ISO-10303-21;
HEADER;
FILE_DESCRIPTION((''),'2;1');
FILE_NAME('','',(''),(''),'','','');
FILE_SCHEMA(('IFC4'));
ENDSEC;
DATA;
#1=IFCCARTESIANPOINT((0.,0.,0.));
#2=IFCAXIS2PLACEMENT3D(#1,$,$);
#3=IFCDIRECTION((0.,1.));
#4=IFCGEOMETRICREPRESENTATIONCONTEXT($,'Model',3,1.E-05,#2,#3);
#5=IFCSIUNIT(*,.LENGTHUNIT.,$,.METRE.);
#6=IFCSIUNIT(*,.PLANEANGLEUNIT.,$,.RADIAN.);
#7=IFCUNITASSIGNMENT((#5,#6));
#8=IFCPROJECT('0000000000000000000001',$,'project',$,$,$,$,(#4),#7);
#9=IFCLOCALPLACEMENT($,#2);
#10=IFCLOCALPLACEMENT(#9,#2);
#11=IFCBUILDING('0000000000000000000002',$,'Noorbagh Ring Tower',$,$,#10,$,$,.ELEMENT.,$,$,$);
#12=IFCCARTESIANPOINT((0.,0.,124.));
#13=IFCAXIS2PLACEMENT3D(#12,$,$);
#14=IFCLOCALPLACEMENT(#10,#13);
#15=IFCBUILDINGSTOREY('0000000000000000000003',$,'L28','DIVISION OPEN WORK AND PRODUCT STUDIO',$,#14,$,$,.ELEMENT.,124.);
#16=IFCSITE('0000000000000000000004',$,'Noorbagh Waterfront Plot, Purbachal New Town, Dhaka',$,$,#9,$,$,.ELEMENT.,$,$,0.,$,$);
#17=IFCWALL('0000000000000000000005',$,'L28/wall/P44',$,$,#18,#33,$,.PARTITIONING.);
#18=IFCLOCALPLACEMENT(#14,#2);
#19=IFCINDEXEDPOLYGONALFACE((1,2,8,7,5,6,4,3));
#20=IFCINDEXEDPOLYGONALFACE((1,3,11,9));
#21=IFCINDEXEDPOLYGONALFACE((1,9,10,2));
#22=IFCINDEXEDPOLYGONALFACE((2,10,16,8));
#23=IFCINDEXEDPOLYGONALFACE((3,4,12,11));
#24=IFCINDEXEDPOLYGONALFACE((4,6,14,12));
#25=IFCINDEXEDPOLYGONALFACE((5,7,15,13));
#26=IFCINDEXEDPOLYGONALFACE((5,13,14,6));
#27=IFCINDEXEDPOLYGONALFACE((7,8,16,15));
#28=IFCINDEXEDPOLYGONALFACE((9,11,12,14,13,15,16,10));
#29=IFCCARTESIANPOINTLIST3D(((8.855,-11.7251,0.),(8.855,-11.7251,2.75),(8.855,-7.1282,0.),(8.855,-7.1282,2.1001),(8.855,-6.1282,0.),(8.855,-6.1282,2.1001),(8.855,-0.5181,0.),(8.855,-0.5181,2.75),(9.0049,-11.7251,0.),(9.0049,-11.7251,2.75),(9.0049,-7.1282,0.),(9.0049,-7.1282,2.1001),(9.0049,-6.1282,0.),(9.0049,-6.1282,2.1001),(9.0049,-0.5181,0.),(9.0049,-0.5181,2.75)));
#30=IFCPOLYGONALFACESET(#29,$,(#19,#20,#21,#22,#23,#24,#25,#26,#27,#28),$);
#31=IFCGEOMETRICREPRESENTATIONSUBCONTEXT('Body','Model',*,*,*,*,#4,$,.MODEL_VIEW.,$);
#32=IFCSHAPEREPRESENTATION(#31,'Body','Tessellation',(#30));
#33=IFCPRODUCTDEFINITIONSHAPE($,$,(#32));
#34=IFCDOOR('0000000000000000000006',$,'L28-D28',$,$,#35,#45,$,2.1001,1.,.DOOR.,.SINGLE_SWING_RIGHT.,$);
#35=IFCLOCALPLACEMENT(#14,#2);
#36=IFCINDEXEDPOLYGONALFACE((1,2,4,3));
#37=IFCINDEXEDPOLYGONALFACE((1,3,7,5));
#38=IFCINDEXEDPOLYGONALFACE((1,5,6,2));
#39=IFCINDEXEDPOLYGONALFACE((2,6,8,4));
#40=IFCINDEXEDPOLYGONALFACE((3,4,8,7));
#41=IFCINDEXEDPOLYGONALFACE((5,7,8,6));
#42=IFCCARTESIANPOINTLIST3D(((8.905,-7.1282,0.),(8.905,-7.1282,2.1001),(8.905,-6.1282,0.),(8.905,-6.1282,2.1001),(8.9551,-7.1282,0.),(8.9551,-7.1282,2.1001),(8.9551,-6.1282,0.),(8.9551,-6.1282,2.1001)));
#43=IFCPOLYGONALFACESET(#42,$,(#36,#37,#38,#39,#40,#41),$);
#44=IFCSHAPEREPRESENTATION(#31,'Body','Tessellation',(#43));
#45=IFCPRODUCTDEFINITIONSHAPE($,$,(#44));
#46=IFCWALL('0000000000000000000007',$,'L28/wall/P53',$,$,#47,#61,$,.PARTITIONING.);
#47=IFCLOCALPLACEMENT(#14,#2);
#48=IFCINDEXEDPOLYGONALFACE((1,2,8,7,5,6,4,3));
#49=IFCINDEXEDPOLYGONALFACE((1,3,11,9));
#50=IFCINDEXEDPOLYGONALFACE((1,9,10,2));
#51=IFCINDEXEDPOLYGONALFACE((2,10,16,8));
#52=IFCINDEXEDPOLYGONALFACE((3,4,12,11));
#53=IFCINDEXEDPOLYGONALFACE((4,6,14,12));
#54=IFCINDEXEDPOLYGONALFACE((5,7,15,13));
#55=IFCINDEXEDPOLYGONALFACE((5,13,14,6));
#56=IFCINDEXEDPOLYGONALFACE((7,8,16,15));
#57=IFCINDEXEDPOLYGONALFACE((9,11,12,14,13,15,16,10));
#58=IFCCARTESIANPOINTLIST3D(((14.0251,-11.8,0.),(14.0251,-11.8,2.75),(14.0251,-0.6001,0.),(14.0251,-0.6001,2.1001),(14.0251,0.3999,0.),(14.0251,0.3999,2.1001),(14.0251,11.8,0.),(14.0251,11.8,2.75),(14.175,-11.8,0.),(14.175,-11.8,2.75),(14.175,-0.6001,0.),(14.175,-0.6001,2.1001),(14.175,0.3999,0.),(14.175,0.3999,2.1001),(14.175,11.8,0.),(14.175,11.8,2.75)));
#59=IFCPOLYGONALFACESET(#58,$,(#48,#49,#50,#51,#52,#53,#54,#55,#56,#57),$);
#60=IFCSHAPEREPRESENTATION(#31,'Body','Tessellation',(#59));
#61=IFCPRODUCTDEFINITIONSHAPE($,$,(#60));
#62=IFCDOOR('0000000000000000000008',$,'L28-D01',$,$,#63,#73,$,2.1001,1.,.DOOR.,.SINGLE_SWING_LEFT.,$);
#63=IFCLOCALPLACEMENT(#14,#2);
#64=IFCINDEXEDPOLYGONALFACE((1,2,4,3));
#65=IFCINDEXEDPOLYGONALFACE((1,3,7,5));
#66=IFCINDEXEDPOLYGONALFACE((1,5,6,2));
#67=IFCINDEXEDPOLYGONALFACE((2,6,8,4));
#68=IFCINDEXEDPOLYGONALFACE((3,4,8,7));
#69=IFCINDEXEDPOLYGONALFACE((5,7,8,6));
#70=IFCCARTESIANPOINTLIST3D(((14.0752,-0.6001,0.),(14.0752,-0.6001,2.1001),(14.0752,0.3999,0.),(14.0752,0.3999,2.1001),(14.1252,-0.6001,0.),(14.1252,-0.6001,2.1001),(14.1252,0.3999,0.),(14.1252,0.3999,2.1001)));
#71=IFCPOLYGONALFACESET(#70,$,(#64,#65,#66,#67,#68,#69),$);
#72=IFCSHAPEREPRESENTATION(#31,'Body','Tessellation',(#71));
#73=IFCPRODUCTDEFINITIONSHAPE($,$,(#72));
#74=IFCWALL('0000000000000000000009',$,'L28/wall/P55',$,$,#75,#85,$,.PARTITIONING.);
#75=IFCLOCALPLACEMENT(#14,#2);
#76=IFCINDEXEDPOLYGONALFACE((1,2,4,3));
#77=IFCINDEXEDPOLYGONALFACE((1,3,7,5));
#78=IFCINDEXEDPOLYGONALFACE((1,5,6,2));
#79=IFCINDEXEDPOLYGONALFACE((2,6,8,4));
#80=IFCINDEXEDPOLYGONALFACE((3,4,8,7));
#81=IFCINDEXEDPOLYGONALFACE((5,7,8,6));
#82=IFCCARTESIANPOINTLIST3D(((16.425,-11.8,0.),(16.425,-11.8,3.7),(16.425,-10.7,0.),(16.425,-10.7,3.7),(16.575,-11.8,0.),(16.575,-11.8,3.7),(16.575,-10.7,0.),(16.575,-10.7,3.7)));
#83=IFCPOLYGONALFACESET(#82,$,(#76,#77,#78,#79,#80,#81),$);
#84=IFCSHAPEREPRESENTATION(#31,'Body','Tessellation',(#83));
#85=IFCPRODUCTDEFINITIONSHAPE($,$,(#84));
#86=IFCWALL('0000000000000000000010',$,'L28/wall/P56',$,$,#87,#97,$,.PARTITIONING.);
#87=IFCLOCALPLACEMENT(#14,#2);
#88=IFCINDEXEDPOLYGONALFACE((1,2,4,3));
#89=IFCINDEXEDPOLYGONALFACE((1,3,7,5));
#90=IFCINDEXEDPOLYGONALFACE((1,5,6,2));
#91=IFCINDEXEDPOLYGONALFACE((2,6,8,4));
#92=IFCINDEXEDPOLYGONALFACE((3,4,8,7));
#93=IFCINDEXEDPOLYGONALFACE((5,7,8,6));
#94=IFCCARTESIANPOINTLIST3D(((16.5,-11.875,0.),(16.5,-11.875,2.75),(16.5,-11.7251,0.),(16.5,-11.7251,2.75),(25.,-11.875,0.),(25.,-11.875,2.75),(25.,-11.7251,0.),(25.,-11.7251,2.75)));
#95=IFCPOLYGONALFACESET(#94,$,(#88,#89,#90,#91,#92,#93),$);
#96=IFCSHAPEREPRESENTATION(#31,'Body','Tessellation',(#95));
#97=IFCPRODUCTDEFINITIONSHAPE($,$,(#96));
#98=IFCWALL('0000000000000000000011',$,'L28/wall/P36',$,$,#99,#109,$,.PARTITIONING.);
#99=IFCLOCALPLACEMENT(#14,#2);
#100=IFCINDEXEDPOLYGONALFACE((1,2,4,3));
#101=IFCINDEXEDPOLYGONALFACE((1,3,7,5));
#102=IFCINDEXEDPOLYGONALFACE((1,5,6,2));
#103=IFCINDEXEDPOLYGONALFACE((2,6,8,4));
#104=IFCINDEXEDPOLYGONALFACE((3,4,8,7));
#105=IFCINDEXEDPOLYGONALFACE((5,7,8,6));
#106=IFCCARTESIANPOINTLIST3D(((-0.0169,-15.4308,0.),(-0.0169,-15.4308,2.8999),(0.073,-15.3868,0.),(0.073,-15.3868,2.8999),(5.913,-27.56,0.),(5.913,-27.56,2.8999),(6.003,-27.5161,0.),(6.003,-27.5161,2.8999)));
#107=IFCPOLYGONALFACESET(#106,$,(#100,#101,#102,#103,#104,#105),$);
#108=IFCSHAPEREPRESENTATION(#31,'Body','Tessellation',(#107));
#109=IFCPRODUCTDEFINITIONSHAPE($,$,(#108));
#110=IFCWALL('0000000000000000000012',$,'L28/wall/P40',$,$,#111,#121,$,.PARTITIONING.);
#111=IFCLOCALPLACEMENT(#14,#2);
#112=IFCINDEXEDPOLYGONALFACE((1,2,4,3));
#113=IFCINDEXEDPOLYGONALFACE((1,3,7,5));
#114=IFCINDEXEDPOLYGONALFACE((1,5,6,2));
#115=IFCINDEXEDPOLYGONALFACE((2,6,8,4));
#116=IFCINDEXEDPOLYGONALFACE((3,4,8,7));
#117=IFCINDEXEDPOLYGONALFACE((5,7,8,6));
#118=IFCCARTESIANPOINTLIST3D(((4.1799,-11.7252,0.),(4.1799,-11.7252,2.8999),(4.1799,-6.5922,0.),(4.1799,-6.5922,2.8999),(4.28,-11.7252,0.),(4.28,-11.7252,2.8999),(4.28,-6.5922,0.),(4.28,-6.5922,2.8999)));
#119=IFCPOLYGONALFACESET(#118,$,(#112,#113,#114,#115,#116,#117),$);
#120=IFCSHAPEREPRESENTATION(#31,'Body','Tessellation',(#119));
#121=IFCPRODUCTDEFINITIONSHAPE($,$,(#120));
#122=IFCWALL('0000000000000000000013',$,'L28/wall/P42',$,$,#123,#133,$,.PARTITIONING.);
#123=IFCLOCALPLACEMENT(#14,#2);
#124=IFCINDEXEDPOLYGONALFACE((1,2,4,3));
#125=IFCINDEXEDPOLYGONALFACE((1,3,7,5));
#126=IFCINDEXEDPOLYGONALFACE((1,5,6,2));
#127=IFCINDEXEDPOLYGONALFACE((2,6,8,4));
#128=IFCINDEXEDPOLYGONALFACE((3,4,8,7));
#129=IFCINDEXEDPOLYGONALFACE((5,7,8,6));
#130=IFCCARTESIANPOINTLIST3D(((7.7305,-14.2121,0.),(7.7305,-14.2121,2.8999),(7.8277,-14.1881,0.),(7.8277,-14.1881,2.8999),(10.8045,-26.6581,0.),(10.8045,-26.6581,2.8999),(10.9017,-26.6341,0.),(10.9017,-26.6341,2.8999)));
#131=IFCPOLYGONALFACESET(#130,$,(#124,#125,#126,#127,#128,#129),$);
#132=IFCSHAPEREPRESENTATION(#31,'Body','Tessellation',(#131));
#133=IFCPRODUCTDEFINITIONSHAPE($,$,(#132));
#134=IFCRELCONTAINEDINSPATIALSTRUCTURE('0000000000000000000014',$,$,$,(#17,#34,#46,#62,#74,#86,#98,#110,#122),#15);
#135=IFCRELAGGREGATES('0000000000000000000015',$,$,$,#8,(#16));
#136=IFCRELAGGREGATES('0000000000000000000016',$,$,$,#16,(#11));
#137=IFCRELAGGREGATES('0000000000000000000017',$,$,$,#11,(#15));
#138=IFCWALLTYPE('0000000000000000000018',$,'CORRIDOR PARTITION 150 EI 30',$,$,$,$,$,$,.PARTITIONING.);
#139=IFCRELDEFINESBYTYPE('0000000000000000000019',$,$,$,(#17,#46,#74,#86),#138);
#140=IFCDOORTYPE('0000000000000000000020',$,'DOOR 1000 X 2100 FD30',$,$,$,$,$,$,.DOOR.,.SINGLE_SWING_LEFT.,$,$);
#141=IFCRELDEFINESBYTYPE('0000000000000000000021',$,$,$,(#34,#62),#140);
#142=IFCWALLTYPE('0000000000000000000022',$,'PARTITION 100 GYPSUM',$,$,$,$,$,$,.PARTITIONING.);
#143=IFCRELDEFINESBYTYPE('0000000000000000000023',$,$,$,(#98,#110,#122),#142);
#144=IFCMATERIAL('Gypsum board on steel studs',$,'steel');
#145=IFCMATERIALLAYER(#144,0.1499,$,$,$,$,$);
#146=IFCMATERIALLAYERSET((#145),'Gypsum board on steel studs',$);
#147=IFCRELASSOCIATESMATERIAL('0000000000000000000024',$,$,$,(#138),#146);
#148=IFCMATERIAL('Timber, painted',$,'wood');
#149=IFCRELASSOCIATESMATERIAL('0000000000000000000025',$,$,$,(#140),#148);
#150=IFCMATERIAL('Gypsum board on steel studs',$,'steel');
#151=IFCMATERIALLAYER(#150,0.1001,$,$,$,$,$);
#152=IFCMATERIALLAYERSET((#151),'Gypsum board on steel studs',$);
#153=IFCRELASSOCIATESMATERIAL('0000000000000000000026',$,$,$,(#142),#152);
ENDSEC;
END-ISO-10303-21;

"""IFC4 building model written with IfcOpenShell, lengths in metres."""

from ifc_helpers import new_model, si_unit, direction, frame, frame_2d, origin, place, context, subcontext, project, spatial, rectangle, extrude, material, layer, layer_set, type_object, element, fill, save


model = new_model("IFC4")

# Units and contexts
model_context = context("Model", 3, precision=1e-05, world=origin(), true_north=direction((0.0, 1.0)))
body_context = subcontext(model_context, "Body", "Model", "MODEL_VIEW")
ifc_project = project(units=[si_unit("LENGTHUNIT", "METRE"), si_unit("PLANEANGLEUNIT", "RADIAN")], contexts=[model_context])

# Site, building, storey
site_placement = place(None, origin())
site = spatial("IfcSite", under=ifc_project, at=site_placement, Name="Noorbagh Waterfront Plot, Purbachal New Town, Dhaka", CompositionType="ELEMENT", RefElevation=0.0)
building_placement = place(site_placement, origin())
building = spatial("IfcBuilding", under=site, at=building_placement, Name="Noorbagh Ring Tower", CompositionType="ELEMENT")
storey_placement = place(building_placement, frame((0.0, 0.0, 124.0)))
storey = spatial("IfcBuildingStorey", under=building, at=storey_placement, Name="L28", Description="DIVISION OPEN WORK AND PRODUCT STUDIO", CompositionType="ELEMENT", Elevation=124.0)

# Walls, openings, doors
ifc_material_1 = material(Name="Gypsum board on steel studs", Category="steel")
ifc_layer_1 = layer(ifc_material_1, 0.1499)
ifc_layer_set_1 = layer_set([ifc_layer_1], Name="Gypsum board on steel studs")
wall_type_1 = type_object("IfcWallType", Name="CORRIDOR PARTITION 150 EI 30", PredefinedType="PARTITIONING", material=ifc_layer_set_1)
ifc_material_2 = material(Name="Timber, painted", Category="wood")
door_type = type_object("IfcDoorType", Name="DOOR 1000 X 2100 FD30", OperationType="SINGLE_SWING_LEFT", PredefinedType="DOOR", material=ifc_material_2)
wall_1_placement = place(storey_placement, frame((8.9299, -11.7251, 0.0), z_axis=(0.0, 0.0, 1.0), x_axis=(0.0, 1.0, 0.0)))
wall_1 = element("IfcWall", 1, at=wall_1_placement, inside=storey, type_object=wall_type_1, Name="L28/wall/P44", PredefinedType="PARTITIONING", context=body_context, shape_type="SweptSolid", body=[
    extrude(rectangle(XDim=11.207, YDim=0.1499, at=frame_2d((5.6035, 0.0))), origin(), (0.0, 0.0, 1.0), 2.75),
])
opening_1_placement = place(wall_1_placement, frame((4.5969, 0.0, 0.0)))
opening_1 = element("IfcOpeningElement", 2, at=opening_1_placement, cuts=wall_1, PredefinedType="OPENING", context=body_context, shape_type="SweptSolid", body=[
    extrude(rectangle(XDim=1.0, YDim=2.1001, at=frame_2d((0.5, 1.05))), frame((0.0, 0.085, 0.0), z_axis=(0.0, -1.0, 0.0), x_axis=(1.0, 0.0, 0.0)), (0.0, 0.0, 1.0), 0.1699),
])
door_1_placement = place(opening_1_placement, origin())
door_1 = element("IfcDoor", 3, at=door_1_placement, inside=storey, type_object=door_type, Name="L28-D28", OperationType="SINGLE_SWING_RIGHT", OverallHeight=2.1001, OverallWidth=1.0, PredefinedType="DOOR", context=body_context, shape_type="SweptSolid", body=[
    extrude(rectangle(XDim=1.0, YDim=2.1001, at=frame_2d((0.5, 1.05))), frame((0.0, 0.0249, 0.0), z_axis=(0.0, -1.0, 0.0), x_axis=(1.0, 0.0, 0.0)), (0.0, 0.0, 1.0), 0.05),
])
fill(opening_1, door_1)
wall_2_placement = place(storey_placement, frame((14.1001, -11.8, 0.0), z_axis=(0.0, 0.0, 1.0), x_axis=(0.0, 1.0, 0.0)))
wall_2 = element("IfcWall", 4, at=wall_2_placement, inside=storey, type_object=wall_type_1, Name="L28/wall/P53", PredefinedType="PARTITIONING", context=body_context, shape_type="SweptSolid", body=[
    extrude(rectangle(XDim=23.6001, YDim=0.1499, at=frame_2d((11.8, 0.0))), origin(), (0.0, 0.0, 1.0), 2.75),
])
opening_2_placement = place(wall_2_placement, frame((11.2, 0.0, 0.0)))
opening_2 = element("IfcOpeningElement", 5, at=opening_2_placement, cuts=wall_2, PredefinedType="OPENING", context=body_context, shape_type="SweptSolid", body=[
    extrude(rectangle(XDim=1.0, YDim=2.1001, at=frame_2d((0.5, 1.05))), frame((0.0, 0.085, 0.0), z_axis=(0.0, -1.0, 0.0), x_axis=(1.0, 0.0, 0.0)), (0.0, 0.0, 1.0), 0.1699),
])
door_2_placement = place(opening_2_placement, origin())
door_2 = element("IfcDoor", 6, at=door_2_placement, inside=storey, type_object=door_type, Name="L28-D01", OperationType="SINGLE_SWING_LEFT", OverallHeight=2.1001, OverallWidth=1.0, PredefinedType="DOOR", context=body_context, shape_type="SweptSolid", body=[
    extrude(rectangle(XDim=1.0, YDim=2.1001, at=frame_2d((0.5, 1.05))), frame((0.0, 0.0249, 0.0), z_axis=(0.0, -1.0, 0.0), x_axis=(1.0, 0.0, 0.0)), (0.0, 0.0, 1.0), 0.05),
])
fill(opening_2, door_2)

# Walls
wall_3_placement = place(storey_placement, frame((16.5, -11.8, 0.0), z_axis=(0.0, 0.0, 1.0), x_axis=(0.0, 1.0, 0.0)))
element("IfcWall", 7, at=wall_3_placement, inside=storey, type_object=wall_type_1, Name="L28/wall/P55", PredefinedType="PARTITIONING", context=body_context, shape_type="SweptSolid", body=[
    extrude(rectangle(XDim=1.1001, YDim=0.1499, at=frame_2d((0.55, 0.0))), origin(), (0.0, 0.0, 1.0), 3.7),
])
wall_4_placement = place(storey_placement, frame((16.5, -11.8, 0.0), z_axis=(0.0, 0.0, 1.0), x_axis=(1.0, 0.0, 0.0)))
element("IfcWall", 8, at=wall_4_placement, inside=storey, type_object=wall_type_1, Name="L28/wall/P56", PredefinedType="PARTITIONING", context=body_context, shape_type="SweptSolid", body=[
    extrude(rectangle(XDim=8.5, YDim=0.1499, at=frame_2d((4.25, 0.0))), origin(), (0.0, 0.0, 1.0), 2.75),
])
ifc_material_3 = material(Name="Gypsum board on steel studs", Category="steel")
ifc_layer_2 = layer(ifc_material_3, 0.1001)
ifc_layer_set_2 = layer_set([ifc_layer_2], Name="Gypsum board on steel studs")
wall_type_2 = type_object("IfcWallType", Name="PARTITION 100 GYPSUM", PredefinedType="PARTITIONING", material=ifc_layer_set_2)
wall_5_placement = place(storey_placement, frame((0.0281, -15.4089, 0.0), z_axis=(0.0, 0.0, 1.0), x_axis=(0.439218, -0.898381, 0.0)))
element("IfcWall", 9, at=wall_5_placement, inside=storey, type_object=wall_type_2, Name="L28/wall/P36", PredefinedType="PARTITIONING", context=body_context, shape_type="SweptSolid", body=[
    extrude(rectangle(XDim=13.5012, YDim=0.1001, at=frame_2d((6.7505, 0.0))), origin(), (0.0, 0.0, 1.0), 2.8999),
])
wall_6_placement = place(storey_placement, frame((4.23, -11.7251, 0.0), z_axis=(0.0, 0.0, 1.0), x_axis=(0.0, 1.0, 0.0)))
element("IfcWall", 10, at=wall_6_placement, inside=storey, type_object=wall_type_2, Name="L28/wall/P40", PredefinedType="PARTITIONING", context=body_context, shape_type="SweptSolid", body=[
    extrude(rectangle(XDim=5.1331, YDim=0.1001, at=frame_2d((2.5664, 0.0))), origin(), (0.0, 0.0, 1.0), 2.8999),
])
wall_7_placement = place(storey_placement, frame((7.7791, -14.2, 0.0), z_axis=(0.0, 0.0, 1.0), x_axis=(0.239779, -0.970828, 0.0)))
element("IfcWall", 11, at=wall_7_placement, inside=storey, type_object=wall_type_2, Name="L28/wall/P42", PredefinedType="PARTITIONING", context=body_context, shape_type="SweptSolid", body=[
    extrude(rectangle(XDim=12.8201, YDim=0.1001, at=frame_2d((6.4102, 0.0))), origin(), (0.0, 0.0, 1.0), 2.8999),
])

save(model, "model.ifc")
